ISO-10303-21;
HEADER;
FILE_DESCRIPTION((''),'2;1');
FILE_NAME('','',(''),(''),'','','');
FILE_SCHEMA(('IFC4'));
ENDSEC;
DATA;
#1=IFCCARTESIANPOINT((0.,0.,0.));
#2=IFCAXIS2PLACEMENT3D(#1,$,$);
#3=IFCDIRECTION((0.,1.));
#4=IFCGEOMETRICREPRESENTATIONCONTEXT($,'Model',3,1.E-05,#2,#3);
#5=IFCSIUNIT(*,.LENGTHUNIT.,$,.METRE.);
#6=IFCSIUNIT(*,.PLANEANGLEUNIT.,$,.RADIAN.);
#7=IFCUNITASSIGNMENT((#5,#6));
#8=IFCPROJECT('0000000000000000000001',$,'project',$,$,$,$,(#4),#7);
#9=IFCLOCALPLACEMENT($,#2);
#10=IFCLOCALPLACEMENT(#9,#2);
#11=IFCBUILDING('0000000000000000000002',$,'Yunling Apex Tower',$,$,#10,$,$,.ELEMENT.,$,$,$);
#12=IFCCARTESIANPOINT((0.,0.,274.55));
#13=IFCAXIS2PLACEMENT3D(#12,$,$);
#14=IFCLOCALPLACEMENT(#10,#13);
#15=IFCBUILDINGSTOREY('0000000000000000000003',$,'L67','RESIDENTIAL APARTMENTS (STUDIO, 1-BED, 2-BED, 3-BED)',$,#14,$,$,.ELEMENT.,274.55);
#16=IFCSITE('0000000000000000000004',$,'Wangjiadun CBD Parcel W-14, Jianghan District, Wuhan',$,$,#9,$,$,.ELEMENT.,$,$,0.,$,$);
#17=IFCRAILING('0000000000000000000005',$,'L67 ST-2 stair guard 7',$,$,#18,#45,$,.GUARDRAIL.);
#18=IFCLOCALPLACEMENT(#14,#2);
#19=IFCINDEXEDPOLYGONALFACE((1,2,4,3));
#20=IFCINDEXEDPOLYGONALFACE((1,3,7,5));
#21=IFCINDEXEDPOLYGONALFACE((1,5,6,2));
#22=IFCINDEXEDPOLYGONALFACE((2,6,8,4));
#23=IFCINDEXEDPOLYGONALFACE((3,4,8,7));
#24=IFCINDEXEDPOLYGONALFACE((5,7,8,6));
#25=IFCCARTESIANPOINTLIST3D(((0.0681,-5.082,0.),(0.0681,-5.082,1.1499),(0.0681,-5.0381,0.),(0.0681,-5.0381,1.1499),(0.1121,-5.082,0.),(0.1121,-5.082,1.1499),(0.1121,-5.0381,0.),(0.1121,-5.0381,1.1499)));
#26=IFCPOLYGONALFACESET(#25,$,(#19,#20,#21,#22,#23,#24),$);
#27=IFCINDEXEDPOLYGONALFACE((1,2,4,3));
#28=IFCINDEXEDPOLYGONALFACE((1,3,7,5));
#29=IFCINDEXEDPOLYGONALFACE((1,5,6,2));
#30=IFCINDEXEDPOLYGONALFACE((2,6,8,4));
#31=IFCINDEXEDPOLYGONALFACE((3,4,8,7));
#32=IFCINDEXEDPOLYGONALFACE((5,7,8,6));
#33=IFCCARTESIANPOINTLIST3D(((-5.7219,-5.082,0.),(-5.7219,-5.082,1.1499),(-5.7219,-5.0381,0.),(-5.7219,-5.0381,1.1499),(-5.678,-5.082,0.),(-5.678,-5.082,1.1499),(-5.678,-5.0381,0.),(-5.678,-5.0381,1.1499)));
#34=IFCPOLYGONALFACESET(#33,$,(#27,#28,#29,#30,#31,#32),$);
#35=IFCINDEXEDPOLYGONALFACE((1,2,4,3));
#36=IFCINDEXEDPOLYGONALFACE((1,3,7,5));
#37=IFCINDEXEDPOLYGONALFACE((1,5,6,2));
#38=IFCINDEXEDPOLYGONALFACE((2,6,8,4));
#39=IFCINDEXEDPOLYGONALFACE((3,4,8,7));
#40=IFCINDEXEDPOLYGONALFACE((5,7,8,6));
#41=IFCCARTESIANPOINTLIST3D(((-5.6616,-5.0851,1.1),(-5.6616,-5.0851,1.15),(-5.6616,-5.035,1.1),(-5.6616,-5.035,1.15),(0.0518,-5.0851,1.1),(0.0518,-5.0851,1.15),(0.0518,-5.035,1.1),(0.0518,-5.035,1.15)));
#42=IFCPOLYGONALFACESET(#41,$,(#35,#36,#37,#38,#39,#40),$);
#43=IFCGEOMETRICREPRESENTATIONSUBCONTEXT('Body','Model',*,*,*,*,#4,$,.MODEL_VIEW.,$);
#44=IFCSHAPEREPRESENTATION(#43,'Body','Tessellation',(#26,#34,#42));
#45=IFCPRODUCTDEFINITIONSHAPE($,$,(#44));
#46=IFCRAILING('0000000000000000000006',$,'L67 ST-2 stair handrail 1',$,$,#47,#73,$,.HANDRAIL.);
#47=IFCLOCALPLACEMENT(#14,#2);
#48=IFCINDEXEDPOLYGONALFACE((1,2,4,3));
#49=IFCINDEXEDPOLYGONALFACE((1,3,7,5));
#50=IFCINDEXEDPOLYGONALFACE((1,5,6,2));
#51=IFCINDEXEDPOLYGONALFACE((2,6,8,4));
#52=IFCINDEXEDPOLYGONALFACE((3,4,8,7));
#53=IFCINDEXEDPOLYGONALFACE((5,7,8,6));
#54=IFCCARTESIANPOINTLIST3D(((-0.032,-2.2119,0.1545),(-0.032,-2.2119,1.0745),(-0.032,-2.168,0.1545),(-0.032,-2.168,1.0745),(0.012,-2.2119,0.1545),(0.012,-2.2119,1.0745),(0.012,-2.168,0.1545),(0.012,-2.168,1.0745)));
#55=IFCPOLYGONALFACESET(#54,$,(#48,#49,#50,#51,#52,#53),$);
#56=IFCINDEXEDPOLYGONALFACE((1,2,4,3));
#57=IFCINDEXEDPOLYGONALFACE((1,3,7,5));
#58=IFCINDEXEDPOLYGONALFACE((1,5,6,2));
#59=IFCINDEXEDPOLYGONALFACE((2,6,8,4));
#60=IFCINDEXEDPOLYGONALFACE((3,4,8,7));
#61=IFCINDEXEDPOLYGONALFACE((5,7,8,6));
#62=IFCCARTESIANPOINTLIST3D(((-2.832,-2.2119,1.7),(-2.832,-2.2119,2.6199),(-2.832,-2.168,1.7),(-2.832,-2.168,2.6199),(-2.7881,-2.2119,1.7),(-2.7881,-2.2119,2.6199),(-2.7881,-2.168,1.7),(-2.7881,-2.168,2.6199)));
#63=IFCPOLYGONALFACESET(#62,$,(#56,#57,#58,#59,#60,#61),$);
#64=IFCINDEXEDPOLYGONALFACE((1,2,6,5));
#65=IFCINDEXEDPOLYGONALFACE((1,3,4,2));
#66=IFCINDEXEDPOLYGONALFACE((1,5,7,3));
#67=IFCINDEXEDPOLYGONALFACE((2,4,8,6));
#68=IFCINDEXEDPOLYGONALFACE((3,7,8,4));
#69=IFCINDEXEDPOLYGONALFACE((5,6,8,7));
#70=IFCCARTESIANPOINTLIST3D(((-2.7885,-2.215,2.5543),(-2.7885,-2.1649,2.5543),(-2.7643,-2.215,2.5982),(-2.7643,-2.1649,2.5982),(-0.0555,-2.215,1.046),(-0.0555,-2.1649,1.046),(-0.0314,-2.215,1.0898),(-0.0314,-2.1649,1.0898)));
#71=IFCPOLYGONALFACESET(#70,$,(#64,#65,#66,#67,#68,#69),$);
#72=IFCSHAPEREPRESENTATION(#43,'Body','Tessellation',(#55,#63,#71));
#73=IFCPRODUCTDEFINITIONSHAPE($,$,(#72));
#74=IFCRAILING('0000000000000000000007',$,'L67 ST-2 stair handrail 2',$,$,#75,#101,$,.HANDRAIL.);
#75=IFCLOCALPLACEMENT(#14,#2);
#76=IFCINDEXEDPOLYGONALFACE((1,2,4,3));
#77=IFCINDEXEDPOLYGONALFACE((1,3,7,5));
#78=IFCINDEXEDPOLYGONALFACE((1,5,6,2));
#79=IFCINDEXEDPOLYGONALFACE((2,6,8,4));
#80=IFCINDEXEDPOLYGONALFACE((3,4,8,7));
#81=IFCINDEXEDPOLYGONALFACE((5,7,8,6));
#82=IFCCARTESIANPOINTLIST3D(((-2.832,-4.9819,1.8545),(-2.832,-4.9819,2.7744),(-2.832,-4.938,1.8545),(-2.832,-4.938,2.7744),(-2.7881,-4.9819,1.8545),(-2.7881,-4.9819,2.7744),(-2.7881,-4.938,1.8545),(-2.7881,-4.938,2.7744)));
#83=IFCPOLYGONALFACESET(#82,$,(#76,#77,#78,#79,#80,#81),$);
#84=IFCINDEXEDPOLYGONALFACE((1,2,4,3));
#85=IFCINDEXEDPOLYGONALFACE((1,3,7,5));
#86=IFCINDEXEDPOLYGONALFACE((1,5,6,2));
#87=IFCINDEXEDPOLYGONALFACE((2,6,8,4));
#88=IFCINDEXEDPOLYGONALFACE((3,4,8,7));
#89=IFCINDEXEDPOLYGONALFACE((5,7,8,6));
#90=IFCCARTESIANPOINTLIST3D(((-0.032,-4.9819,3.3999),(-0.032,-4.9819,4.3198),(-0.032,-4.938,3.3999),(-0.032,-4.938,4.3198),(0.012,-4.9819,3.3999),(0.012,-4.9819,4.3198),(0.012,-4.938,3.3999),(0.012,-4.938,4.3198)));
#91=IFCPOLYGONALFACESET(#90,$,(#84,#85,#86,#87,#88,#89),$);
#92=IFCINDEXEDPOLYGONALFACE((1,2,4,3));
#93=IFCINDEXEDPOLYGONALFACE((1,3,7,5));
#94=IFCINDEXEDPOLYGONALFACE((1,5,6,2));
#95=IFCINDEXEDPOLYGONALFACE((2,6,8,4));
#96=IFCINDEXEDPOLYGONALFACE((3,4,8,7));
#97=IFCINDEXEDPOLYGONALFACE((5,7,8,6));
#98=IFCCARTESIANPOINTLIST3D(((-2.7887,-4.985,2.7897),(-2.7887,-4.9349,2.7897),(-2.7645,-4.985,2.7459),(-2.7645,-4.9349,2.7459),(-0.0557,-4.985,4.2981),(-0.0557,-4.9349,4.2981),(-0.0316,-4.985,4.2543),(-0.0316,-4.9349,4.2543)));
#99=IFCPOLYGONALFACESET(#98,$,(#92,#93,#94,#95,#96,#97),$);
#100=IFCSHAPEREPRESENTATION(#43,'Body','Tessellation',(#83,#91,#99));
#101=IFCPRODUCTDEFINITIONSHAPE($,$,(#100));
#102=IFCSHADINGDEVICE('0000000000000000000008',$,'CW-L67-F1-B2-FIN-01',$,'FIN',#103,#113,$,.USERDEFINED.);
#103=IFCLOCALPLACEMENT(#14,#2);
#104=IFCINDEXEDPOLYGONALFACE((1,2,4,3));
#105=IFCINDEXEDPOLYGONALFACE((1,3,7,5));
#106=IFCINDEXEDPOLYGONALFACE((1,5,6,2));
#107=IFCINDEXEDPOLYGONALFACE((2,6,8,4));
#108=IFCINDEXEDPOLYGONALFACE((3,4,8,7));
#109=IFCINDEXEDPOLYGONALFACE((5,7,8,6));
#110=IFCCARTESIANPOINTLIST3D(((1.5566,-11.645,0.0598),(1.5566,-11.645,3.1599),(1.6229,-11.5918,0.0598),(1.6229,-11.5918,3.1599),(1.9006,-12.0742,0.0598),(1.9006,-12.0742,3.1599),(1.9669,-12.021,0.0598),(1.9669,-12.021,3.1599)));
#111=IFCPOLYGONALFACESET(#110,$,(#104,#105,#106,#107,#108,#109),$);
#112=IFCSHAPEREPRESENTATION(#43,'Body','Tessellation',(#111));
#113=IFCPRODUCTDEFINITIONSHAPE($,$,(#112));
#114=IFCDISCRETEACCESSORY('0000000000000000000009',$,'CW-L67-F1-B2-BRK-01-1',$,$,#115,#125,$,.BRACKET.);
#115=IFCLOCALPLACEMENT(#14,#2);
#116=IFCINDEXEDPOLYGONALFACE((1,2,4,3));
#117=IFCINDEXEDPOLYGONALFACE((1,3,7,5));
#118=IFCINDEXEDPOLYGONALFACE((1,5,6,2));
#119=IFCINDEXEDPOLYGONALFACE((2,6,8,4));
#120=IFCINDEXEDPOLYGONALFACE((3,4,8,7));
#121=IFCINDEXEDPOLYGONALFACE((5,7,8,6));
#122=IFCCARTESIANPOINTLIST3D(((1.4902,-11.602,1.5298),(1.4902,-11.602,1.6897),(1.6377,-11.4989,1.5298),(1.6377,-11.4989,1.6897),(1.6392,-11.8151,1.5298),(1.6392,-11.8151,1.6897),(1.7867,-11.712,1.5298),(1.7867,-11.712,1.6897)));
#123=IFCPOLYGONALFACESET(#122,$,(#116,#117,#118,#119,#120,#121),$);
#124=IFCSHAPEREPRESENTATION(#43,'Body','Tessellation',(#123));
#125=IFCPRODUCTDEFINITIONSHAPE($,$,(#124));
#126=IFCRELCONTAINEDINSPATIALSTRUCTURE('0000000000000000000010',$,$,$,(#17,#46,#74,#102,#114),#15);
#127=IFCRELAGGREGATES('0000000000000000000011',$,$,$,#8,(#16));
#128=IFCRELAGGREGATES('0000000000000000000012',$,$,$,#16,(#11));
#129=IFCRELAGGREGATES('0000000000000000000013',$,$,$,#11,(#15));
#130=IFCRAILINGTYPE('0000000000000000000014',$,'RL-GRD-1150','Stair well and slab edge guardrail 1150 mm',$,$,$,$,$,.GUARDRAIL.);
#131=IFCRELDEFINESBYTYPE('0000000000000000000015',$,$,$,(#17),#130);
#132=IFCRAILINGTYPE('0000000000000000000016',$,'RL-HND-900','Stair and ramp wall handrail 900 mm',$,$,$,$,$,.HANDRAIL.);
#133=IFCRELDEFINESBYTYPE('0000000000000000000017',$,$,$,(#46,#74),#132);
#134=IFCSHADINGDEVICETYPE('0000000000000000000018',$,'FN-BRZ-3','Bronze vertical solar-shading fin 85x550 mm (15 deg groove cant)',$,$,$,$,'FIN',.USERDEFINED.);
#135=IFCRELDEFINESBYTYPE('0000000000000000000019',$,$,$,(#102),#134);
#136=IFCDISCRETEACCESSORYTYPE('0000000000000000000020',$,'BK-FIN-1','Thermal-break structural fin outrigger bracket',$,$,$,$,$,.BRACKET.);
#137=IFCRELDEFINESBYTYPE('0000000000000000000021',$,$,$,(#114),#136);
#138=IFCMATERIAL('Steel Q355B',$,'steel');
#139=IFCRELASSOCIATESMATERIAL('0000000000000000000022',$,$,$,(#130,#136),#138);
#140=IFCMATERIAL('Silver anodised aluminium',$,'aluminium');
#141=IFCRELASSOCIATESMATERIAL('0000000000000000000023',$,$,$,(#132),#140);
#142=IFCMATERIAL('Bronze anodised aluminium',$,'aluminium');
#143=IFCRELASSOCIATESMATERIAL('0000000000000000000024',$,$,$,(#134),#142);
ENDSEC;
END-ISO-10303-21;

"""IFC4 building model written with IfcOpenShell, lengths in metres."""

from ifc_helpers import new_model, si_unit, direction, frame, origin, origin_2d, place, context, subcontext, project, spatial, rectangle, extrude, source, transform, mapped, material, material_profile, profile_set, type_object, element, save


model = new_model("IFC4")

# Units and contexts
model_context = context("Model", 3, precision=1e-05, world=origin(), true_north=direction((0.0, 1.0)))
body_context = subcontext(model_context, "Body", "Model", "MODEL_VIEW")
ifc_project = project(units=[si_unit("LENGTHUNIT", "METRE"), si_unit("PLANEANGLEUNIT", "RADIAN")], contexts=[model_context])

# Site, building, storey
site_placement = place(None, origin())
site = spatial("IfcSite", under=ifc_project, at=site_placement, Name="Wangjiadun CBD Parcel W-14, Jianghan District, Wuhan", CompositionType="ELEMENT", RefElevation=0.0)
building_placement = place(site_placement, origin())
building = spatial("IfcBuilding", under=site, at=building_placement, Name="Yunling Apex Tower", CompositionType="ELEMENT")
storey_placement = place(building_placement, frame((0.0, 0.0, 274.55)))
storey = spatial("IfcBuildingStorey", under=building, at=storey_placement, Name="L67", Description="RESIDENTIAL APARTMENTS (STUDIO, 1-BED, 2-BED, 3-BED)", CompositionType="ELEMENT", Elevation=274.55)

# Shared definitions
ifc_material_1 = material(Name="Steel Q355B", Category="steel")

# Shared definitions
ifc_material_2 = material(Name="Bronze anodised aluminium", Category="aluminium")

# Railings
railing_type_1 = type_object("IfcRailingType", Name="RL-GRD-1150", Description="Stair well and slab edge guardrail 1150 mm", PredefinedType="GUARDRAIL", material=ifc_material_1)
railing_1_placement = place(storey_placement, frame((0.0901, -5.0601, 0.0)))
element("IfcRailing", 1, at=railing_1_placement, inside=storey, type_object=railing_type_1, Name="L67 ST-2 stair guard 7", PredefinedType="GUARDRAIL", context=body_context, shape_type="SweptSolid", body=[
    extrude(rectangle(XDim=0.0439, YDim=0.0439, at=origin_2d()), origin(), (0.0, 0.0, 1.0), 1.1499),
    extrude(rectangle(XDim=0.0439, YDim=0.0439, at=origin_2d()), frame((-5.79, 0.0, 0.0)), (0.0, 0.0, 1.0), 1.1499),
    extrude(rectangle(XDim=0.05, YDim=0.05, at=origin_2d()), frame((-0.0383, 0.0, 1.125), z_axis=(-1.0, 0.0, 0.0), x_axis=(0.0, -1.0, 0.0)), (0.0, 0.0, 1.0), 5.7134),
])
ifc_material_3 = material(Name="Silver anodised aluminium", Category="aluminium")
railing_type_2 = type_object("IfcRailingType", Name="RL-HND-900", Description="Stair and ramp wall handrail 900 mm", PredefinedType="HANDRAIL", material=ifc_material_3)
railing_2_placement = place(storey_placement, frame((-0.01, -2.1899, 0.1545)))
element("IfcRailing", 2, at=railing_2_placement, inside=storey, type_object=railing_type_2, Name="L67 ST-2 stair handrail 1", PredefinedType="HANDRAIL", context=body_context, shape_type="SweptSolid", body=[
    extrude(rectangle(XDim=0.0439, YDim=0.0439, at=origin_2d()), origin(), (0.0, 0.0, 1.0), 0.9199),
    extrude(rectangle(XDim=0.0439, YDim=0.0439, at=origin_2d()), frame((-2.8, 0.0, 1.5454)), (0.0, 0.0, 1.0), 0.9199),
    extrude(rectangle(XDim=0.05, YDim=0.05, at=origin_2d()), frame((-0.0334, 0.0, 0.9133), z_axis=(-0.875504, 0.0, 0.483211), x_axis=(0.0, -1.0, 0.0)), (0.0, 0.0, 1.0), 3.1216),
])
railing_3_placement = place(storey_placement, frame((-2.8101, -4.96, 1.8545)))
element("IfcRailing", 3, at=railing_3_placement, inside=storey, type_object=railing_type_2, Name="L67 ST-2 stair handrail 2", PredefinedType="HANDRAIL", context=body_context, shape_type="SweptSolid", body=[
    extrude(rectangle(XDim=0.0439, YDim=0.0439, at=origin_2d()), origin(), (0.0, 0.0, 1.0), 0.9199),
    extrude(rectangle(XDim=0.0439, YDim=0.0439, at=origin_2d()), frame((2.8, 0.0, 1.5454)), (0.0, 0.0, 1.0), 0.9199),
    extrude(rectangle(XDim=0.05, YDim=0.05, at=origin_2d()), frame((0.0334, 0.0, 0.9133), z_axis=(0.875504, 0.0, 0.483211), x_axis=(0.0, 1.0, 0.0)), (0.0, 0.0, 1.0), 3.1216),
])

# Shading device
ifc_material_profile_1 = material_profile(ifc_material_2, rectangle(XDim=0.085, YDim=0.55, at=origin_2d()))
ifc_profile_set_1 = profile_set([ifc_material_profile_1], Name="Bronze anodised aluminium")
shading_device_type = type_object("IfcShadingDeviceType", Name="FN-BRZ-3", Description="Bronze vertical solar-shading fin 85x550 mm (15 deg groove cant)", ElementType="FIN", PredefinedType="USERDEFINED", material=ifc_profile_set_1)
shared_shape_1 = source(origin(), body_context, "Body", "SweptSolid", [
    extrude(rectangle(XDim=0.085, YDim=0.55, at=origin_2d()), origin(), (0.0, 0.0, 1.0), 3.1001),
])
shading_device_placement = place(storey_placement, frame((1.7617, -11.833, 0.0598), z_axis=(0.0, 0.0, 1.0), x_axis=(0.780321, 0.625379, 0.0)))
element("IfcShadingDevice", 4, at=shading_device_placement, inside=storey, type_object=shading_device_type, Name="CW-L67-F1-B2-FIN-01", ObjectType="FIN", PredefinedType="USERDEFINED", context=body_context, shape_type="MappedRepresentation", body=[
    mapped(shared_shape_1, transform((0.0, 0.0, 0.0), scale=1.0)),
])

# Discrete accessory
discrete_accessory_type = type_object("IfcDiscreteAccessoryType", Name="BK-FIN-1", Description="Thermal-break structural fin outrigger bracket", PredefinedType="BRACKET", material=ifc_material_1)
shared_shape_2 = source(origin(), body_context, "Body", "SweptSolid", [
    extrude(rectangle(XDim=0.1799, YDim=0.26, at=origin_2d()), origin(), (0.0, 0.0, 1.0), 0.1599),
])
discrete_accessory_placement = place(storey_placement, frame((1.6384, -11.657, 1.5298), z_axis=(0.0, 0.0, 1.0), x_axis=(0.819552, 0.573004, 0.0)))
element("IfcDiscreteAccessory", 5, at=discrete_accessory_placement, inside=storey, type_object=discrete_accessory_type, Name="CW-L67-F1-B2-BRK-01-1", PredefinedType="BRACKET", context=body_context, shape_type="MappedRepresentation", body=[
    mapped(shared_shape_2, transform((0.0, 0.0, 0.0), scale=1.0)),
])

save(model, "model.ifc")
